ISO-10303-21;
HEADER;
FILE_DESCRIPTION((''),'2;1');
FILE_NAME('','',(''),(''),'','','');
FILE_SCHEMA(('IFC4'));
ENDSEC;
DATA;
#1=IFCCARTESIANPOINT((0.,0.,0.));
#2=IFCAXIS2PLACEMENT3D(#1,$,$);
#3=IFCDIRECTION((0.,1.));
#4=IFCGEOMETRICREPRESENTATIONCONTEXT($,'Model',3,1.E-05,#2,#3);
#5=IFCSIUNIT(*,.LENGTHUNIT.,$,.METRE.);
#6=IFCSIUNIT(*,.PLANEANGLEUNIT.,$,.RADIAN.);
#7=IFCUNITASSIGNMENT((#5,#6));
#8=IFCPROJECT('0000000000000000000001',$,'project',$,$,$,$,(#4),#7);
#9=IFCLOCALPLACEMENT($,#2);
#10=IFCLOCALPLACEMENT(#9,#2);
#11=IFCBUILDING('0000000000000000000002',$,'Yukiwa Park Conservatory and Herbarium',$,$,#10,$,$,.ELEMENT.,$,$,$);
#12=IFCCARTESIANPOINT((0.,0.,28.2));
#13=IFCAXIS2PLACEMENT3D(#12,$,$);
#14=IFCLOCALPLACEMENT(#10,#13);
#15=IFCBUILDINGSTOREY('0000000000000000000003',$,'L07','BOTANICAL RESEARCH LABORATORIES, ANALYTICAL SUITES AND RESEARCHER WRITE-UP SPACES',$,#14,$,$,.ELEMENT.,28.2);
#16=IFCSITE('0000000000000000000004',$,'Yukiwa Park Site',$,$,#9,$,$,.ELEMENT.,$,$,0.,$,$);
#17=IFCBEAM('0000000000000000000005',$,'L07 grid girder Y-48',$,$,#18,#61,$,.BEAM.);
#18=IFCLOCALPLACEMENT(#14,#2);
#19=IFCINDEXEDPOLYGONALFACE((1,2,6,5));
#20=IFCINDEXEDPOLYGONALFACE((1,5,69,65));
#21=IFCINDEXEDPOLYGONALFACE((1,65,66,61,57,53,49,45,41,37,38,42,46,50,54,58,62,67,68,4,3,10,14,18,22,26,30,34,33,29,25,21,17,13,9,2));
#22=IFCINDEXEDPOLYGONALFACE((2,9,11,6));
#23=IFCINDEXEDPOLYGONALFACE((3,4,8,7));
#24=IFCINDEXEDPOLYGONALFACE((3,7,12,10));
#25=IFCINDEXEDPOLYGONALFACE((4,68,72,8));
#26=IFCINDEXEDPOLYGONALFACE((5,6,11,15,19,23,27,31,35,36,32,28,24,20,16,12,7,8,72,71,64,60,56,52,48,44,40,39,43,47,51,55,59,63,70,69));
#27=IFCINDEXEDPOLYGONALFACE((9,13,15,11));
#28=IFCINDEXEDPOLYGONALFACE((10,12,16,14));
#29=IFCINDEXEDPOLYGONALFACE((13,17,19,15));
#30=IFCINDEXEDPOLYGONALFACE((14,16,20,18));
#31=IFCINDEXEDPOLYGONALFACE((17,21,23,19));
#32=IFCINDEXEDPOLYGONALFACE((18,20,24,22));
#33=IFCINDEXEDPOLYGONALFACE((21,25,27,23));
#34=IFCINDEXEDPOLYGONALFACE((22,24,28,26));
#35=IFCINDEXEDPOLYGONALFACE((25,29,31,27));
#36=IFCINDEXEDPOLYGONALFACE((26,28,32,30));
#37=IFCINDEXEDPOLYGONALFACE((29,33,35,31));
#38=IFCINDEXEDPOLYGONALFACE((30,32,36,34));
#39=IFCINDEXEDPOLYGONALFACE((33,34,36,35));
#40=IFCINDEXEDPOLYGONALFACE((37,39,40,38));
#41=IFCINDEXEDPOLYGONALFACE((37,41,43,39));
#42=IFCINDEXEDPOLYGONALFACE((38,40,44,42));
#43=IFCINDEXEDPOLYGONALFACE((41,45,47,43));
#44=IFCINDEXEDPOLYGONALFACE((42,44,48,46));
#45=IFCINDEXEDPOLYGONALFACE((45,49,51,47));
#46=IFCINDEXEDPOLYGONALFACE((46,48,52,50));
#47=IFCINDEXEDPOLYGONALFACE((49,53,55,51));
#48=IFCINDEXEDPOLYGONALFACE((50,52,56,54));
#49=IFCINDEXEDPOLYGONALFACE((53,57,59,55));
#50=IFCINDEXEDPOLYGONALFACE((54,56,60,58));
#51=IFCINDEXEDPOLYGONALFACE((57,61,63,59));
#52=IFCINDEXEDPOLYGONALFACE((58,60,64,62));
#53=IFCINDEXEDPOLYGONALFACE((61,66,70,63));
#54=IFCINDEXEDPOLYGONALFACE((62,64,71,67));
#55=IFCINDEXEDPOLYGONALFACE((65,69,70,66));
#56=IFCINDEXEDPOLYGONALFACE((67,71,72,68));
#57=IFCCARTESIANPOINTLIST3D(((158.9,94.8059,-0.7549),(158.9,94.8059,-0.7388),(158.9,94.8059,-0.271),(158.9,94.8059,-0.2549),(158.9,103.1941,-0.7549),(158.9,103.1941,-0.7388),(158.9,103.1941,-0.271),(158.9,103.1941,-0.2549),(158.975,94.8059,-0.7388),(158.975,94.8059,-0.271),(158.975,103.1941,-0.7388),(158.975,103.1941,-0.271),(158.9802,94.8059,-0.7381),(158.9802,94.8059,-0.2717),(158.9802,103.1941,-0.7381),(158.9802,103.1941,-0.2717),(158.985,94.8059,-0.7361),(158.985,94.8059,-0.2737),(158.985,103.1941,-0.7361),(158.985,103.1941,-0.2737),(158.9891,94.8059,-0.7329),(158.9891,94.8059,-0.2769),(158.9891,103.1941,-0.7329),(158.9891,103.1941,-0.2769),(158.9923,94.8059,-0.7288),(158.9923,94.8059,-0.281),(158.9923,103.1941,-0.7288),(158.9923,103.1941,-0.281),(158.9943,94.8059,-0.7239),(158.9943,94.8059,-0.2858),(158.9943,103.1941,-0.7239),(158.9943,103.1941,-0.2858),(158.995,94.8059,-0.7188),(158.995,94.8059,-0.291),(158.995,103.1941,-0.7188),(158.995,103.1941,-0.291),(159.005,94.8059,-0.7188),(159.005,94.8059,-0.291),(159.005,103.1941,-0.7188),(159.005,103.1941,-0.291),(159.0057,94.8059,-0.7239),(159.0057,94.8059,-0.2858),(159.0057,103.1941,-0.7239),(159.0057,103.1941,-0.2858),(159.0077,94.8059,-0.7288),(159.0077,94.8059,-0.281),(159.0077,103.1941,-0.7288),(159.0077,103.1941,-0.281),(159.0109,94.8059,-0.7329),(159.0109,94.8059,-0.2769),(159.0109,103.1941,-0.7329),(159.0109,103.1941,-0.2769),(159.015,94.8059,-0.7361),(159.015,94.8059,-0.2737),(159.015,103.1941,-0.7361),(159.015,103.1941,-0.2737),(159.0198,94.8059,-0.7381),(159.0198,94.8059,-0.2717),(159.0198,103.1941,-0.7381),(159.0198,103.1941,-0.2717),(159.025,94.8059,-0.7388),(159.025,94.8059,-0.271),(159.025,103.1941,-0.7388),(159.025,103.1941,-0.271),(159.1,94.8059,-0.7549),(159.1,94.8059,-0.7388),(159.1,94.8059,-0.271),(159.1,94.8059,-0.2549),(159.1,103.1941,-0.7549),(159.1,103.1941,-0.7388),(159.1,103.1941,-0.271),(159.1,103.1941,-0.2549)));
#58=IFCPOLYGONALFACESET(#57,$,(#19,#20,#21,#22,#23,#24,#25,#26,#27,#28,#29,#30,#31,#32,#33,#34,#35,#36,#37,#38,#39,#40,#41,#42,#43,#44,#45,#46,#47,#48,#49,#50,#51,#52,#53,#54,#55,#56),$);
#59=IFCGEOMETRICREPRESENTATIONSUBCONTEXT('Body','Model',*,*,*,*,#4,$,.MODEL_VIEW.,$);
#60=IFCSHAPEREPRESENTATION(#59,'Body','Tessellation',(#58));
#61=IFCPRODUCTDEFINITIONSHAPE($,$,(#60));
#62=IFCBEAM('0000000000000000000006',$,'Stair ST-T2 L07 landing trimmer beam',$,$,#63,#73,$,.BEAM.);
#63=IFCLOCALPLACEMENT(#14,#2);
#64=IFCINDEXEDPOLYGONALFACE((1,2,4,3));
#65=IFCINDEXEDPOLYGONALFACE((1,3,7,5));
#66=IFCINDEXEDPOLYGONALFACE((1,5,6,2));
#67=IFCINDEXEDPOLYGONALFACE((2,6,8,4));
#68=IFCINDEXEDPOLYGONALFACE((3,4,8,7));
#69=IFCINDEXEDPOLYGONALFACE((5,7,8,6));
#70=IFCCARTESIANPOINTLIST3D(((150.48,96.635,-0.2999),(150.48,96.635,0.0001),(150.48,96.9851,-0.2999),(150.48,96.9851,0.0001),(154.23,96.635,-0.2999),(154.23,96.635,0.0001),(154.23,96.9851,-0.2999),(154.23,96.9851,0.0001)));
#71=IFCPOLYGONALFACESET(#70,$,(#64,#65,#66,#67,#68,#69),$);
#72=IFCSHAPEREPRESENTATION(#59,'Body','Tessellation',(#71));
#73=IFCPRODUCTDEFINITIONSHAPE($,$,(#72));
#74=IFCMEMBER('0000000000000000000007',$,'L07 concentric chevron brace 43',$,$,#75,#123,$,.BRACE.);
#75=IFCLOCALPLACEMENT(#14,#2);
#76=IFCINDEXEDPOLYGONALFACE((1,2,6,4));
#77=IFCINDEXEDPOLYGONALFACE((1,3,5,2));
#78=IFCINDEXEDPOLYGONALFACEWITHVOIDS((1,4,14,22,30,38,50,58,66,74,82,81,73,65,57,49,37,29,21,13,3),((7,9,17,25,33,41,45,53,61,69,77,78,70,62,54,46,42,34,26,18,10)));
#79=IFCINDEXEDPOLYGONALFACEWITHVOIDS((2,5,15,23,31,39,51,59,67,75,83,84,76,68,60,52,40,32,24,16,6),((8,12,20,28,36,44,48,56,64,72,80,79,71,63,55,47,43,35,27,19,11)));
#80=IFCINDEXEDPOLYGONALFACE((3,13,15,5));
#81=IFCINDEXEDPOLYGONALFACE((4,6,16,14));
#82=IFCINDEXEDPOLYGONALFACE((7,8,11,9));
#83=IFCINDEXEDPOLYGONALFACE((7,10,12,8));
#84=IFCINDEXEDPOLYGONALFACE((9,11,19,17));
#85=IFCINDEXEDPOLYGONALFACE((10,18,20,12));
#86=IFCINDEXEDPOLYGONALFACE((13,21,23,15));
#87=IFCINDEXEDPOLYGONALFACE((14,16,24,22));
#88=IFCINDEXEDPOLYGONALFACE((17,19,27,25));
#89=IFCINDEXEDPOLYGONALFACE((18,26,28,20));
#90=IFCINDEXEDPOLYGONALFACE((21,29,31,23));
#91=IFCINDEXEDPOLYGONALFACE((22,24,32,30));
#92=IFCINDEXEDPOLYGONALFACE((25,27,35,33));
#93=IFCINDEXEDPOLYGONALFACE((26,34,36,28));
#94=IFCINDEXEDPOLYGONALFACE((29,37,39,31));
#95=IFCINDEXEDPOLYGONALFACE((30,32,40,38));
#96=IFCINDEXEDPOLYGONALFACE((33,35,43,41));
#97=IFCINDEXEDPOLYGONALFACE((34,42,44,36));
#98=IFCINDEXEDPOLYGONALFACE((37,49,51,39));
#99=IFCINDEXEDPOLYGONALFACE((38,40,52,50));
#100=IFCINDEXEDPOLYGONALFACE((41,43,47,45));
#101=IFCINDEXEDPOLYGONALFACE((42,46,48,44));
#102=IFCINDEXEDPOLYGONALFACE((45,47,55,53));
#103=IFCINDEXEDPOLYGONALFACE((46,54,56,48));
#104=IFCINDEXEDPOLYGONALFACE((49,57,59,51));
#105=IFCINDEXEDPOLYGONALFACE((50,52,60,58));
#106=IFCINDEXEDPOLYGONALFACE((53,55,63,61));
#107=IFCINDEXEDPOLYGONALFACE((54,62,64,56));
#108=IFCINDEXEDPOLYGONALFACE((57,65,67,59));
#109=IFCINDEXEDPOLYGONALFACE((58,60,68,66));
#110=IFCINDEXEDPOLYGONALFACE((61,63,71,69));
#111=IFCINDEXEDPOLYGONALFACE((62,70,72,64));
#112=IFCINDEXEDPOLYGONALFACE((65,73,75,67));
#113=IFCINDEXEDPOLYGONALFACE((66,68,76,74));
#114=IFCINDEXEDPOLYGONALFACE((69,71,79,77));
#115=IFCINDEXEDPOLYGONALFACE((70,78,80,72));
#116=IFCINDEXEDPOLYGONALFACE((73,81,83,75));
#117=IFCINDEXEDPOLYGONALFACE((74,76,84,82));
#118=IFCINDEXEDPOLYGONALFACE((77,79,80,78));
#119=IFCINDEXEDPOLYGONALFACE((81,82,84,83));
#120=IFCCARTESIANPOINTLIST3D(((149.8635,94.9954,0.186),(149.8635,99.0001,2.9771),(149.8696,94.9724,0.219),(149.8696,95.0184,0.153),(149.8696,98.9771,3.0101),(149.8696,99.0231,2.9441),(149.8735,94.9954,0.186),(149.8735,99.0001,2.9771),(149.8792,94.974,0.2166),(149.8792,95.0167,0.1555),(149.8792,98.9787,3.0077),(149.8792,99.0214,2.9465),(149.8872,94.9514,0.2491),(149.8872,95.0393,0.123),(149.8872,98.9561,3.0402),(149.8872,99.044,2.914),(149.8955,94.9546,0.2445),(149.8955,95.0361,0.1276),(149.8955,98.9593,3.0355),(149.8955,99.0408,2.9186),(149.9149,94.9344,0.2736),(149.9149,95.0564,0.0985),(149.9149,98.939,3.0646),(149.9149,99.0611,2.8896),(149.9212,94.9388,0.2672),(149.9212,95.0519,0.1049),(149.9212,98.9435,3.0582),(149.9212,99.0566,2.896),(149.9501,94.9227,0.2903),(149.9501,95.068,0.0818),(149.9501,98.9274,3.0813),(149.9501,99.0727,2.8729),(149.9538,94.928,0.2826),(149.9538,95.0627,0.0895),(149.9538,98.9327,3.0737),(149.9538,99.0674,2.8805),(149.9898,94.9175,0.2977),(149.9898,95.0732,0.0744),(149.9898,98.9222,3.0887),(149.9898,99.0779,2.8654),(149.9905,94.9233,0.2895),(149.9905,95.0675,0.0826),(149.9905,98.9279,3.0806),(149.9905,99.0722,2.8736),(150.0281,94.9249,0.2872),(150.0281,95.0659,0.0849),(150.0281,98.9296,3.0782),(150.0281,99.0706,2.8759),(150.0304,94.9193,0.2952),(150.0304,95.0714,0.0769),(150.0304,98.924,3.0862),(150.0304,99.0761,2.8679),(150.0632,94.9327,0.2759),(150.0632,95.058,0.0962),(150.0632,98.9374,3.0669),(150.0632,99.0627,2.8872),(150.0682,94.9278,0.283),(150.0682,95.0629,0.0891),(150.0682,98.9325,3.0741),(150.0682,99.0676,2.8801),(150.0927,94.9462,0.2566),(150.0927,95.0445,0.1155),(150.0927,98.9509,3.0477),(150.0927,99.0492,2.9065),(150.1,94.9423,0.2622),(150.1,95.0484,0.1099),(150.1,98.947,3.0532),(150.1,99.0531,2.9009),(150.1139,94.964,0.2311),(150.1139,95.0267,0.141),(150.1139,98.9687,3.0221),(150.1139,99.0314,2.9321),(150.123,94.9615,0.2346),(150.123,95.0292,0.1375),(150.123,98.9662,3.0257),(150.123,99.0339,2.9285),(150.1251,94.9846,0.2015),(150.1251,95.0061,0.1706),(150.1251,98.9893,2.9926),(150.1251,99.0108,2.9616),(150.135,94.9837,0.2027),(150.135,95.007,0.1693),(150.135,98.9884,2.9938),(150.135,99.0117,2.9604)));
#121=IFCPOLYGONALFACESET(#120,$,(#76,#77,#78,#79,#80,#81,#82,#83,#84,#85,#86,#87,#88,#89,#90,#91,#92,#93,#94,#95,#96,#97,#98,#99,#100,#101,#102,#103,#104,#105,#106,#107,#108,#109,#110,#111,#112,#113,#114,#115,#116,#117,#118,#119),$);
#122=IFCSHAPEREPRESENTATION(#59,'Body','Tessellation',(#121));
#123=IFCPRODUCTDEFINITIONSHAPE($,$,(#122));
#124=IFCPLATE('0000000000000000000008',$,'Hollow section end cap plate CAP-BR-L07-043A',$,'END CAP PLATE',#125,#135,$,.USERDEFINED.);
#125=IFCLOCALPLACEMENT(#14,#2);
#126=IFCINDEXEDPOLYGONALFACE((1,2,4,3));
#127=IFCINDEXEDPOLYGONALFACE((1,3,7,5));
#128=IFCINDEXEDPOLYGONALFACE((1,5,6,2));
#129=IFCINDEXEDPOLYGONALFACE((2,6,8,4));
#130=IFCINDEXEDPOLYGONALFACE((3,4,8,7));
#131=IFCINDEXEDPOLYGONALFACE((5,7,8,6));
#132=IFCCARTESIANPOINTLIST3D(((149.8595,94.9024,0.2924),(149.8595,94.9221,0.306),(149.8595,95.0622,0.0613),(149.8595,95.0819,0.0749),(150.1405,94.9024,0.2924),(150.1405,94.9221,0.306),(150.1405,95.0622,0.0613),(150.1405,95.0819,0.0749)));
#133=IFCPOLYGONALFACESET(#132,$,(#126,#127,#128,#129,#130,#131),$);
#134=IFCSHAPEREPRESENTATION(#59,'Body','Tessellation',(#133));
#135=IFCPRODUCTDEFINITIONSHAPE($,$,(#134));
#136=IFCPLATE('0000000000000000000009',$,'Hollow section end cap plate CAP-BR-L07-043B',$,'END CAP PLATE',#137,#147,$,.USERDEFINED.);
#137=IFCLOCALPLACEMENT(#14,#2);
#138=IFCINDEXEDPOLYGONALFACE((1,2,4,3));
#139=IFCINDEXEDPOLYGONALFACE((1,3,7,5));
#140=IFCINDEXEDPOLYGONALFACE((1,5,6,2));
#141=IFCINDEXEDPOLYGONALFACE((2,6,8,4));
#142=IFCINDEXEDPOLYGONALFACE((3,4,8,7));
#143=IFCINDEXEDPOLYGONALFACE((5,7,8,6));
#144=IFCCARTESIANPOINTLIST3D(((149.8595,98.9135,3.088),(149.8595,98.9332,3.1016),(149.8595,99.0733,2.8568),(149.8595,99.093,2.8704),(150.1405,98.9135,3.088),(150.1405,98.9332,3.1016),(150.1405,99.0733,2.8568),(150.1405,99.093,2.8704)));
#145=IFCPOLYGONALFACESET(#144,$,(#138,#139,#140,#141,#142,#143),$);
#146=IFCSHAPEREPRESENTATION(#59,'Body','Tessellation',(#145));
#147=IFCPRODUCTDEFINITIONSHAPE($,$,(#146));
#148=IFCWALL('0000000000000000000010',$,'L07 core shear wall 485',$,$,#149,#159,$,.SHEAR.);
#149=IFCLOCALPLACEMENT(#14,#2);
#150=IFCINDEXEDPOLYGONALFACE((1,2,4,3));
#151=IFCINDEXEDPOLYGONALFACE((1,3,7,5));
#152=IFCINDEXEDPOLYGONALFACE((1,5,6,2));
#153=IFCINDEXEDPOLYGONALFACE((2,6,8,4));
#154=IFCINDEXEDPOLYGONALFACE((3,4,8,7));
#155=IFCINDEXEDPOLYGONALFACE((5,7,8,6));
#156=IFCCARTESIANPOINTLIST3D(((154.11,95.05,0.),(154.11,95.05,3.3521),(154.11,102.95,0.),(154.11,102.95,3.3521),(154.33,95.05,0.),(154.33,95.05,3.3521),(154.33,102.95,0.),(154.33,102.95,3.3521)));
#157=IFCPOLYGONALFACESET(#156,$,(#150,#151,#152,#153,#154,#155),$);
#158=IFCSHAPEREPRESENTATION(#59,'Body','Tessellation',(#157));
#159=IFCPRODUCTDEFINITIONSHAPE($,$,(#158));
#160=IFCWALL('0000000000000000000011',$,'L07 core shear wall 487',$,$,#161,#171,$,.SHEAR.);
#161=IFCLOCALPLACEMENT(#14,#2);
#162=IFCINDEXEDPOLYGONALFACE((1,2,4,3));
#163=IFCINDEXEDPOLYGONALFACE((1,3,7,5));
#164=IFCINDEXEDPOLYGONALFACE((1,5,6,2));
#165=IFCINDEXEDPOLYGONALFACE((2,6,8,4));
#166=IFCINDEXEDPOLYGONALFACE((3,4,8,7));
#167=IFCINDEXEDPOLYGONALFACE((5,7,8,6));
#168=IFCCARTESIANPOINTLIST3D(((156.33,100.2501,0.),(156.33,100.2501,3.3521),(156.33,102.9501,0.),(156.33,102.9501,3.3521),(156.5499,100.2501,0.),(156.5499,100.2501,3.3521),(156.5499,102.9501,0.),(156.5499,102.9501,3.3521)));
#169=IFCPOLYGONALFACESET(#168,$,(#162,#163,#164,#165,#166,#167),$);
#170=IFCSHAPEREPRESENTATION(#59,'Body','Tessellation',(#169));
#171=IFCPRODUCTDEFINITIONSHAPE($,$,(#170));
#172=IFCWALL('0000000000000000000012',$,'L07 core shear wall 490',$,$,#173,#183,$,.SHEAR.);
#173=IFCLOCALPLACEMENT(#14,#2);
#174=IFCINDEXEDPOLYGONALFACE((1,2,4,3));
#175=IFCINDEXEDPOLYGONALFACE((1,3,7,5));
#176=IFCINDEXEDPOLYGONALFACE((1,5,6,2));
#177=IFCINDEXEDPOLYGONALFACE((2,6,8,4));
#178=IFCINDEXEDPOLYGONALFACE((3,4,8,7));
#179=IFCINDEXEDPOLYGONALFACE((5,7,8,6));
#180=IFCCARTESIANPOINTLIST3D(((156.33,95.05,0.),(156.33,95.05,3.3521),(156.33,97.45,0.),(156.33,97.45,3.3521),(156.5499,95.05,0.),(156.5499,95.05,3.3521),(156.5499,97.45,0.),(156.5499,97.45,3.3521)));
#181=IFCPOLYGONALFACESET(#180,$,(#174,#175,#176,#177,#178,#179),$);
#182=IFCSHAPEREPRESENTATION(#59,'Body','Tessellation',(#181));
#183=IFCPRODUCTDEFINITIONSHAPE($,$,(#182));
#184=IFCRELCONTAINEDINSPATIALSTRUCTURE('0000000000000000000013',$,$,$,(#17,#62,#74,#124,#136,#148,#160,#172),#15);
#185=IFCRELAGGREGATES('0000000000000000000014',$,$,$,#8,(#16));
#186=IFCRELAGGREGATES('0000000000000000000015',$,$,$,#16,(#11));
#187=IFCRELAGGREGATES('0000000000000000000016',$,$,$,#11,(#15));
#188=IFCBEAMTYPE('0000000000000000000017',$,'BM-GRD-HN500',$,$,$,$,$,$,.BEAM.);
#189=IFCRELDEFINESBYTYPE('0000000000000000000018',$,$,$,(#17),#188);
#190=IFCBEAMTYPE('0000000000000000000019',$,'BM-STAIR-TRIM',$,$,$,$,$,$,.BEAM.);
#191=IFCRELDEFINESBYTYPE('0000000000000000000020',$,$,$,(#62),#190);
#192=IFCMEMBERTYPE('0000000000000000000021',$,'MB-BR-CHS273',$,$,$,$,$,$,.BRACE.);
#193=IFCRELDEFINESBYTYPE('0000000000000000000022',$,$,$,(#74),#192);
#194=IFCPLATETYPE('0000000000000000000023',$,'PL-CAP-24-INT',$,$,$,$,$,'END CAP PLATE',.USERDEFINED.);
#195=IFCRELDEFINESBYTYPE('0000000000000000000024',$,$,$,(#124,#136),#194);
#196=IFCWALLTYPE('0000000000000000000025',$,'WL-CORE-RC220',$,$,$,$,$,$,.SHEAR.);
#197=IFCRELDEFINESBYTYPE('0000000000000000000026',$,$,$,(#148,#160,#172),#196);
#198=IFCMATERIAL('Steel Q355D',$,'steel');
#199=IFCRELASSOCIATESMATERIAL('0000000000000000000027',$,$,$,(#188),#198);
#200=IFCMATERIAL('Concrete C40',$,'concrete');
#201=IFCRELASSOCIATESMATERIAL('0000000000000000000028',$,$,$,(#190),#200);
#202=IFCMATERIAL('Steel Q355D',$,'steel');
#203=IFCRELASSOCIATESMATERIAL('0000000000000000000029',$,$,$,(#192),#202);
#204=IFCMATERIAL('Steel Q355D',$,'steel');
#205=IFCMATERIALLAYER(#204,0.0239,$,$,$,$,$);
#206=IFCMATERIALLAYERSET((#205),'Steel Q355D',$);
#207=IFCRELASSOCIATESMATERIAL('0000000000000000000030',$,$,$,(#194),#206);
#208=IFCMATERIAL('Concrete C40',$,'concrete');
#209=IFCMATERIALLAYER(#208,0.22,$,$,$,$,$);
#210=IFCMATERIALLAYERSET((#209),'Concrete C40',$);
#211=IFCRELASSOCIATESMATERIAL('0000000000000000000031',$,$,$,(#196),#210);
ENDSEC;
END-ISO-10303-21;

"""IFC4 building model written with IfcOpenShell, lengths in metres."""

from ifc_helpers import new_model, si_unit, direction, frame, frame_2d, origin, origin_2d, place, context, subcontext, project, spatial, rectangle, hollow_circle, i_section, extrude, material, layer, layer_set, material_profile, profile_set, type_object, element, save


model = new_model("IFC4")

# Units and contexts
model_context = context("Model", 3, precision=1e-05, world=origin(), true_north=direction((0.0, 1.0)))
body_context = subcontext(model_context, "Body", "Model", "MODEL_VIEW")
ifc_project = project(units=[si_unit("LENGTHUNIT", "METRE"), si_unit("PLANEANGLEUNIT", "RADIAN")], contexts=[model_context])

# Site, building, storey
site_placement = place(None, origin())
site = spatial("IfcSite", under=ifc_project, at=site_placement, Name="Yukiwa Park Site", CompositionType="ELEMENT", RefElevation=0.0)
building_placement = place(site_placement, origin())
building = spatial("IfcBuilding", under=site, at=building_placement, Name="Yukiwa Park Conservatory and Herbarium", CompositionType="ELEMENT")
storey_placement = place(building_placement, frame((0.0, 0.0, 28.2)))
storey = spatial("IfcBuildingStorey", under=building, at=storey_placement, Name="L07", Description="BOTANICAL RESEARCH LABORATORIES, ANALYTICAL SUITES AND RESEARCHER WRITE-UP SPACES", CompositionType="ELEMENT", Elevation=28.2)

# Beams
ifc_material_1 = material(Name="Steel Q355D", Category="steel")
ifc_material_profile_1 = material_profile(ifc_material_1, i_section(OverallWidth=0.2, OverallDepth=0.5, WebThickness=0.01, FlangeThickness=0.0161, FilletRadius=0.02, at=origin_2d()), Name="HN 500x200x10x16")
ifc_profile_set_1 = profile_set([ifc_material_profile_1], Name="Steel Q355D")
beam_type_1 = type_object("IfcBeamType", Name="BM-GRD-HN500", PredefinedType="BEAM", material=ifc_profile_set_1)
beam_1_placement = place(storey_placement, frame((159.0, 94.8059, -0.5049), z_axis=(0.0, 1.0, 0.0), x_axis=(-1.0, 0.0, 0.0)))
element("IfcBeam", 1, at=beam_1_placement, inside=storey, type_object=beam_type_1, Name="L07 grid girder Y-48", PredefinedType="BEAM", context=body_context, shape_type="SweptSolid", body=[
    extrude(i_section(OverallWidth=0.2, OverallDepth=0.5, WebThickness=0.01, FlangeThickness=0.0161, FilletRadius=0.02, at=origin_2d()), origin(), (0.0, 0.0, 1.0), 8.3882),
])
ifc_material_2 = material(Name="Concrete C40", Category="concrete")
ifc_material_profile_2 = material_profile(ifc_material_2, rectangle(XDim=0.3501, YDim=0.3, at=origin_2d()), Name="RC 350x300")
ifc_profile_set_2 = profile_set([ifc_material_profile_2], Name="Concrete C40")
beam_type_2 = type_object("IfcBeamType", Name="BM-STAIR-TRIM", PredefinedType="BEAM", material=ifc_profile_set_2)
beam_2_placement = place(storey_placement, frame((150.48, 96.8101, -0.1499), z_axis=(1.0, 0.0, 0.0), x_axis=(0.0, 1.0, 0.0)))
element("IfcBeam", 2, at=beam_2_placement, inside=storey, type_object=beam_type_2, Name="Stair ST-T2 L07 landing trimmer beam", PredefinedType="BEAM", context=body_context, shape_type="SweptSolid", body=[
    extrude(rectangle(XDim=0.3501, YDim=0.3, at=origin_2d()), origin(), (0.0, 0.0, 1.0), 3.75),
])

# Member
ifc_material_3 = material(Name="Steel Q355D", Category="steel")
ifc_material_profile_3 = material_profile(ifc_material_3, hollow_circle(Radius=0.1365, WallThickness=0.01, at=origin_2d()), Name="CHS 273x10")
ifc_profile_set_3 = profile_set([ifc_material_profile_3], Name="Steel Q355D")
member_type = type_object("IfcMemberType", Name="MB-BR-CHS273", PredefinedType="BRACE", material=ifc_profile_set_3)
member_placement = place(storey_placement, frame((150.0, 94.9954, 0.186), z_axis=(0.0, 0.820407, 0.571779), x_axis=(-1.0, 0.0, 0.0)))
element("IfcMember", 3, at=member_placement, inside=storey, type_object=member_type, Name="L07 concentric chevron brace 43", PredefinedType="BRACE", context=body_context, shape_type="SweptSolid", body=[
    extrude(hollow_circle(Radius=0.1365, WallThickness=0.01, at=origin_2d()), origin(), (0.0, 0.0, 1.0), 4.8813),
])

# Plates
ifc_material_4 = material(Name="Steel Q355D", Category="steel")
ifc_layer_1 = layer(ifc_material_4, 0.0239)
ifc_layer_set_1 = layer_set([ifc_layer_1], Name="Steel Q355D")
plate_type = type_object("IfcPlateType", Name="PL-CAP-24-INT", ElementType="END CAP PLATE", PredefinedType="USERDEFINED", material=ifc_layer_set_1)
for number, where, z_axis, x_axis, name in (
    (4, (150.0, 95.002, 0.1904), (0.0, -0.822558, -0.568682), (1.0, 0.0, 0.0), "Hollow section end cap plate CAP-BR-L07-043A"),
    (5, (150.0, 98.9934, 2.9724), (0.0, 0.822558, 0.568682), (-1.0, 0.0, 0.0), "Hollow section end cap plate CAP-BR-L07-043B"),
):
    element("IfcPlate", number, at=place(storey_placement, frame(where, z_axis=z_axis, x_axis=x_axis)), inside=storey, type_object=plate_type, Name=name, ObjectType="END CAP PLATE", PredefinedType="USERDEFINED", context=body_context, shape_type="SweptSolid", body=[
        extrude(rectangle(XDim=0.281, YDim=0.281, at=origin_2d()), origin(), (0.0, 0.0, 1.0), 0.0239),
    ])

# Walls
ifc_material_5 = material(Name="Concrete C40", Category="concrete")
ifc_layer_2 = layer(ifc_material_5, 0.22)
ifc_layer_set_2 = layer_set([ifc_layer_2], Name="Concrete C40")
wall_type_1 = type_object("IfcWallType", Name="WL-CORE-RC220", PredefinedType="SHEAR", material=ifc_layer_set_2)
wall_1_placement = place(storey_placement, frame((154.22, 95.05, 0.0), z_axis=(0.0, 0.0, 1.0), x_axis=(0.0, 1.0, 0.0)))
element("IfcWall", 6, at=wall_1_placement, inside=storey, type_object=wall_type_1, Name="L07 core shear wall 485", PredefinedType="SHEAR", context=body_context, shape_type="SweptSolid", body=[
    extrude(rectangle(XDim=7.8999, YDim=0.22, at=frame_2d((3.95, 0.0))), origin(), (0.0, 0.0, 1.0), 3.3521),
])
wall_2_placement = place(storey_placement, frame((156.4399, 100.25, 0.0), z_axis=(0.0, 0.0, 1.0), x_axis=(0.0, 1.0, 0.0)))
element("IfcWall", 7, at=wall_2_placement, inside=storey, type_object=wall_type_1, Name="L07 core shear wall 487", PredefinedType="SHEAR", context=body_context, shape_type="SweptSolid", body=[
    extrude(rectangle(XDim=2.7, YDim=0.22, at=frame_2d((1.3501, 0.0))), origin(), (0.0, 0.0, 1.0), 3.3521),
])

# Wall
wall_3_placement = place(storey_placement, frame((156.4399, 95.05, 0.0), z_axis=(0.0, 0.0, 1.0), x_axis=(0.0, 1.0, 0.0)))
element("IfcWall", 8, at=wall_3_placement, inside=storey, type_object=wall_type_1, Name="L07 core shear wall 490", PredefinedType="SHEAR", context=body_context, shape_type="SweptSolid", body=[
    extrude(rectangle(XDim=2.3999, YDim=0.22, at=frame_2d((1.2, 0.0))), origin(), (0.0, 0.0, 1.0), 3.3521),
])

save(model, "model.ifc")
